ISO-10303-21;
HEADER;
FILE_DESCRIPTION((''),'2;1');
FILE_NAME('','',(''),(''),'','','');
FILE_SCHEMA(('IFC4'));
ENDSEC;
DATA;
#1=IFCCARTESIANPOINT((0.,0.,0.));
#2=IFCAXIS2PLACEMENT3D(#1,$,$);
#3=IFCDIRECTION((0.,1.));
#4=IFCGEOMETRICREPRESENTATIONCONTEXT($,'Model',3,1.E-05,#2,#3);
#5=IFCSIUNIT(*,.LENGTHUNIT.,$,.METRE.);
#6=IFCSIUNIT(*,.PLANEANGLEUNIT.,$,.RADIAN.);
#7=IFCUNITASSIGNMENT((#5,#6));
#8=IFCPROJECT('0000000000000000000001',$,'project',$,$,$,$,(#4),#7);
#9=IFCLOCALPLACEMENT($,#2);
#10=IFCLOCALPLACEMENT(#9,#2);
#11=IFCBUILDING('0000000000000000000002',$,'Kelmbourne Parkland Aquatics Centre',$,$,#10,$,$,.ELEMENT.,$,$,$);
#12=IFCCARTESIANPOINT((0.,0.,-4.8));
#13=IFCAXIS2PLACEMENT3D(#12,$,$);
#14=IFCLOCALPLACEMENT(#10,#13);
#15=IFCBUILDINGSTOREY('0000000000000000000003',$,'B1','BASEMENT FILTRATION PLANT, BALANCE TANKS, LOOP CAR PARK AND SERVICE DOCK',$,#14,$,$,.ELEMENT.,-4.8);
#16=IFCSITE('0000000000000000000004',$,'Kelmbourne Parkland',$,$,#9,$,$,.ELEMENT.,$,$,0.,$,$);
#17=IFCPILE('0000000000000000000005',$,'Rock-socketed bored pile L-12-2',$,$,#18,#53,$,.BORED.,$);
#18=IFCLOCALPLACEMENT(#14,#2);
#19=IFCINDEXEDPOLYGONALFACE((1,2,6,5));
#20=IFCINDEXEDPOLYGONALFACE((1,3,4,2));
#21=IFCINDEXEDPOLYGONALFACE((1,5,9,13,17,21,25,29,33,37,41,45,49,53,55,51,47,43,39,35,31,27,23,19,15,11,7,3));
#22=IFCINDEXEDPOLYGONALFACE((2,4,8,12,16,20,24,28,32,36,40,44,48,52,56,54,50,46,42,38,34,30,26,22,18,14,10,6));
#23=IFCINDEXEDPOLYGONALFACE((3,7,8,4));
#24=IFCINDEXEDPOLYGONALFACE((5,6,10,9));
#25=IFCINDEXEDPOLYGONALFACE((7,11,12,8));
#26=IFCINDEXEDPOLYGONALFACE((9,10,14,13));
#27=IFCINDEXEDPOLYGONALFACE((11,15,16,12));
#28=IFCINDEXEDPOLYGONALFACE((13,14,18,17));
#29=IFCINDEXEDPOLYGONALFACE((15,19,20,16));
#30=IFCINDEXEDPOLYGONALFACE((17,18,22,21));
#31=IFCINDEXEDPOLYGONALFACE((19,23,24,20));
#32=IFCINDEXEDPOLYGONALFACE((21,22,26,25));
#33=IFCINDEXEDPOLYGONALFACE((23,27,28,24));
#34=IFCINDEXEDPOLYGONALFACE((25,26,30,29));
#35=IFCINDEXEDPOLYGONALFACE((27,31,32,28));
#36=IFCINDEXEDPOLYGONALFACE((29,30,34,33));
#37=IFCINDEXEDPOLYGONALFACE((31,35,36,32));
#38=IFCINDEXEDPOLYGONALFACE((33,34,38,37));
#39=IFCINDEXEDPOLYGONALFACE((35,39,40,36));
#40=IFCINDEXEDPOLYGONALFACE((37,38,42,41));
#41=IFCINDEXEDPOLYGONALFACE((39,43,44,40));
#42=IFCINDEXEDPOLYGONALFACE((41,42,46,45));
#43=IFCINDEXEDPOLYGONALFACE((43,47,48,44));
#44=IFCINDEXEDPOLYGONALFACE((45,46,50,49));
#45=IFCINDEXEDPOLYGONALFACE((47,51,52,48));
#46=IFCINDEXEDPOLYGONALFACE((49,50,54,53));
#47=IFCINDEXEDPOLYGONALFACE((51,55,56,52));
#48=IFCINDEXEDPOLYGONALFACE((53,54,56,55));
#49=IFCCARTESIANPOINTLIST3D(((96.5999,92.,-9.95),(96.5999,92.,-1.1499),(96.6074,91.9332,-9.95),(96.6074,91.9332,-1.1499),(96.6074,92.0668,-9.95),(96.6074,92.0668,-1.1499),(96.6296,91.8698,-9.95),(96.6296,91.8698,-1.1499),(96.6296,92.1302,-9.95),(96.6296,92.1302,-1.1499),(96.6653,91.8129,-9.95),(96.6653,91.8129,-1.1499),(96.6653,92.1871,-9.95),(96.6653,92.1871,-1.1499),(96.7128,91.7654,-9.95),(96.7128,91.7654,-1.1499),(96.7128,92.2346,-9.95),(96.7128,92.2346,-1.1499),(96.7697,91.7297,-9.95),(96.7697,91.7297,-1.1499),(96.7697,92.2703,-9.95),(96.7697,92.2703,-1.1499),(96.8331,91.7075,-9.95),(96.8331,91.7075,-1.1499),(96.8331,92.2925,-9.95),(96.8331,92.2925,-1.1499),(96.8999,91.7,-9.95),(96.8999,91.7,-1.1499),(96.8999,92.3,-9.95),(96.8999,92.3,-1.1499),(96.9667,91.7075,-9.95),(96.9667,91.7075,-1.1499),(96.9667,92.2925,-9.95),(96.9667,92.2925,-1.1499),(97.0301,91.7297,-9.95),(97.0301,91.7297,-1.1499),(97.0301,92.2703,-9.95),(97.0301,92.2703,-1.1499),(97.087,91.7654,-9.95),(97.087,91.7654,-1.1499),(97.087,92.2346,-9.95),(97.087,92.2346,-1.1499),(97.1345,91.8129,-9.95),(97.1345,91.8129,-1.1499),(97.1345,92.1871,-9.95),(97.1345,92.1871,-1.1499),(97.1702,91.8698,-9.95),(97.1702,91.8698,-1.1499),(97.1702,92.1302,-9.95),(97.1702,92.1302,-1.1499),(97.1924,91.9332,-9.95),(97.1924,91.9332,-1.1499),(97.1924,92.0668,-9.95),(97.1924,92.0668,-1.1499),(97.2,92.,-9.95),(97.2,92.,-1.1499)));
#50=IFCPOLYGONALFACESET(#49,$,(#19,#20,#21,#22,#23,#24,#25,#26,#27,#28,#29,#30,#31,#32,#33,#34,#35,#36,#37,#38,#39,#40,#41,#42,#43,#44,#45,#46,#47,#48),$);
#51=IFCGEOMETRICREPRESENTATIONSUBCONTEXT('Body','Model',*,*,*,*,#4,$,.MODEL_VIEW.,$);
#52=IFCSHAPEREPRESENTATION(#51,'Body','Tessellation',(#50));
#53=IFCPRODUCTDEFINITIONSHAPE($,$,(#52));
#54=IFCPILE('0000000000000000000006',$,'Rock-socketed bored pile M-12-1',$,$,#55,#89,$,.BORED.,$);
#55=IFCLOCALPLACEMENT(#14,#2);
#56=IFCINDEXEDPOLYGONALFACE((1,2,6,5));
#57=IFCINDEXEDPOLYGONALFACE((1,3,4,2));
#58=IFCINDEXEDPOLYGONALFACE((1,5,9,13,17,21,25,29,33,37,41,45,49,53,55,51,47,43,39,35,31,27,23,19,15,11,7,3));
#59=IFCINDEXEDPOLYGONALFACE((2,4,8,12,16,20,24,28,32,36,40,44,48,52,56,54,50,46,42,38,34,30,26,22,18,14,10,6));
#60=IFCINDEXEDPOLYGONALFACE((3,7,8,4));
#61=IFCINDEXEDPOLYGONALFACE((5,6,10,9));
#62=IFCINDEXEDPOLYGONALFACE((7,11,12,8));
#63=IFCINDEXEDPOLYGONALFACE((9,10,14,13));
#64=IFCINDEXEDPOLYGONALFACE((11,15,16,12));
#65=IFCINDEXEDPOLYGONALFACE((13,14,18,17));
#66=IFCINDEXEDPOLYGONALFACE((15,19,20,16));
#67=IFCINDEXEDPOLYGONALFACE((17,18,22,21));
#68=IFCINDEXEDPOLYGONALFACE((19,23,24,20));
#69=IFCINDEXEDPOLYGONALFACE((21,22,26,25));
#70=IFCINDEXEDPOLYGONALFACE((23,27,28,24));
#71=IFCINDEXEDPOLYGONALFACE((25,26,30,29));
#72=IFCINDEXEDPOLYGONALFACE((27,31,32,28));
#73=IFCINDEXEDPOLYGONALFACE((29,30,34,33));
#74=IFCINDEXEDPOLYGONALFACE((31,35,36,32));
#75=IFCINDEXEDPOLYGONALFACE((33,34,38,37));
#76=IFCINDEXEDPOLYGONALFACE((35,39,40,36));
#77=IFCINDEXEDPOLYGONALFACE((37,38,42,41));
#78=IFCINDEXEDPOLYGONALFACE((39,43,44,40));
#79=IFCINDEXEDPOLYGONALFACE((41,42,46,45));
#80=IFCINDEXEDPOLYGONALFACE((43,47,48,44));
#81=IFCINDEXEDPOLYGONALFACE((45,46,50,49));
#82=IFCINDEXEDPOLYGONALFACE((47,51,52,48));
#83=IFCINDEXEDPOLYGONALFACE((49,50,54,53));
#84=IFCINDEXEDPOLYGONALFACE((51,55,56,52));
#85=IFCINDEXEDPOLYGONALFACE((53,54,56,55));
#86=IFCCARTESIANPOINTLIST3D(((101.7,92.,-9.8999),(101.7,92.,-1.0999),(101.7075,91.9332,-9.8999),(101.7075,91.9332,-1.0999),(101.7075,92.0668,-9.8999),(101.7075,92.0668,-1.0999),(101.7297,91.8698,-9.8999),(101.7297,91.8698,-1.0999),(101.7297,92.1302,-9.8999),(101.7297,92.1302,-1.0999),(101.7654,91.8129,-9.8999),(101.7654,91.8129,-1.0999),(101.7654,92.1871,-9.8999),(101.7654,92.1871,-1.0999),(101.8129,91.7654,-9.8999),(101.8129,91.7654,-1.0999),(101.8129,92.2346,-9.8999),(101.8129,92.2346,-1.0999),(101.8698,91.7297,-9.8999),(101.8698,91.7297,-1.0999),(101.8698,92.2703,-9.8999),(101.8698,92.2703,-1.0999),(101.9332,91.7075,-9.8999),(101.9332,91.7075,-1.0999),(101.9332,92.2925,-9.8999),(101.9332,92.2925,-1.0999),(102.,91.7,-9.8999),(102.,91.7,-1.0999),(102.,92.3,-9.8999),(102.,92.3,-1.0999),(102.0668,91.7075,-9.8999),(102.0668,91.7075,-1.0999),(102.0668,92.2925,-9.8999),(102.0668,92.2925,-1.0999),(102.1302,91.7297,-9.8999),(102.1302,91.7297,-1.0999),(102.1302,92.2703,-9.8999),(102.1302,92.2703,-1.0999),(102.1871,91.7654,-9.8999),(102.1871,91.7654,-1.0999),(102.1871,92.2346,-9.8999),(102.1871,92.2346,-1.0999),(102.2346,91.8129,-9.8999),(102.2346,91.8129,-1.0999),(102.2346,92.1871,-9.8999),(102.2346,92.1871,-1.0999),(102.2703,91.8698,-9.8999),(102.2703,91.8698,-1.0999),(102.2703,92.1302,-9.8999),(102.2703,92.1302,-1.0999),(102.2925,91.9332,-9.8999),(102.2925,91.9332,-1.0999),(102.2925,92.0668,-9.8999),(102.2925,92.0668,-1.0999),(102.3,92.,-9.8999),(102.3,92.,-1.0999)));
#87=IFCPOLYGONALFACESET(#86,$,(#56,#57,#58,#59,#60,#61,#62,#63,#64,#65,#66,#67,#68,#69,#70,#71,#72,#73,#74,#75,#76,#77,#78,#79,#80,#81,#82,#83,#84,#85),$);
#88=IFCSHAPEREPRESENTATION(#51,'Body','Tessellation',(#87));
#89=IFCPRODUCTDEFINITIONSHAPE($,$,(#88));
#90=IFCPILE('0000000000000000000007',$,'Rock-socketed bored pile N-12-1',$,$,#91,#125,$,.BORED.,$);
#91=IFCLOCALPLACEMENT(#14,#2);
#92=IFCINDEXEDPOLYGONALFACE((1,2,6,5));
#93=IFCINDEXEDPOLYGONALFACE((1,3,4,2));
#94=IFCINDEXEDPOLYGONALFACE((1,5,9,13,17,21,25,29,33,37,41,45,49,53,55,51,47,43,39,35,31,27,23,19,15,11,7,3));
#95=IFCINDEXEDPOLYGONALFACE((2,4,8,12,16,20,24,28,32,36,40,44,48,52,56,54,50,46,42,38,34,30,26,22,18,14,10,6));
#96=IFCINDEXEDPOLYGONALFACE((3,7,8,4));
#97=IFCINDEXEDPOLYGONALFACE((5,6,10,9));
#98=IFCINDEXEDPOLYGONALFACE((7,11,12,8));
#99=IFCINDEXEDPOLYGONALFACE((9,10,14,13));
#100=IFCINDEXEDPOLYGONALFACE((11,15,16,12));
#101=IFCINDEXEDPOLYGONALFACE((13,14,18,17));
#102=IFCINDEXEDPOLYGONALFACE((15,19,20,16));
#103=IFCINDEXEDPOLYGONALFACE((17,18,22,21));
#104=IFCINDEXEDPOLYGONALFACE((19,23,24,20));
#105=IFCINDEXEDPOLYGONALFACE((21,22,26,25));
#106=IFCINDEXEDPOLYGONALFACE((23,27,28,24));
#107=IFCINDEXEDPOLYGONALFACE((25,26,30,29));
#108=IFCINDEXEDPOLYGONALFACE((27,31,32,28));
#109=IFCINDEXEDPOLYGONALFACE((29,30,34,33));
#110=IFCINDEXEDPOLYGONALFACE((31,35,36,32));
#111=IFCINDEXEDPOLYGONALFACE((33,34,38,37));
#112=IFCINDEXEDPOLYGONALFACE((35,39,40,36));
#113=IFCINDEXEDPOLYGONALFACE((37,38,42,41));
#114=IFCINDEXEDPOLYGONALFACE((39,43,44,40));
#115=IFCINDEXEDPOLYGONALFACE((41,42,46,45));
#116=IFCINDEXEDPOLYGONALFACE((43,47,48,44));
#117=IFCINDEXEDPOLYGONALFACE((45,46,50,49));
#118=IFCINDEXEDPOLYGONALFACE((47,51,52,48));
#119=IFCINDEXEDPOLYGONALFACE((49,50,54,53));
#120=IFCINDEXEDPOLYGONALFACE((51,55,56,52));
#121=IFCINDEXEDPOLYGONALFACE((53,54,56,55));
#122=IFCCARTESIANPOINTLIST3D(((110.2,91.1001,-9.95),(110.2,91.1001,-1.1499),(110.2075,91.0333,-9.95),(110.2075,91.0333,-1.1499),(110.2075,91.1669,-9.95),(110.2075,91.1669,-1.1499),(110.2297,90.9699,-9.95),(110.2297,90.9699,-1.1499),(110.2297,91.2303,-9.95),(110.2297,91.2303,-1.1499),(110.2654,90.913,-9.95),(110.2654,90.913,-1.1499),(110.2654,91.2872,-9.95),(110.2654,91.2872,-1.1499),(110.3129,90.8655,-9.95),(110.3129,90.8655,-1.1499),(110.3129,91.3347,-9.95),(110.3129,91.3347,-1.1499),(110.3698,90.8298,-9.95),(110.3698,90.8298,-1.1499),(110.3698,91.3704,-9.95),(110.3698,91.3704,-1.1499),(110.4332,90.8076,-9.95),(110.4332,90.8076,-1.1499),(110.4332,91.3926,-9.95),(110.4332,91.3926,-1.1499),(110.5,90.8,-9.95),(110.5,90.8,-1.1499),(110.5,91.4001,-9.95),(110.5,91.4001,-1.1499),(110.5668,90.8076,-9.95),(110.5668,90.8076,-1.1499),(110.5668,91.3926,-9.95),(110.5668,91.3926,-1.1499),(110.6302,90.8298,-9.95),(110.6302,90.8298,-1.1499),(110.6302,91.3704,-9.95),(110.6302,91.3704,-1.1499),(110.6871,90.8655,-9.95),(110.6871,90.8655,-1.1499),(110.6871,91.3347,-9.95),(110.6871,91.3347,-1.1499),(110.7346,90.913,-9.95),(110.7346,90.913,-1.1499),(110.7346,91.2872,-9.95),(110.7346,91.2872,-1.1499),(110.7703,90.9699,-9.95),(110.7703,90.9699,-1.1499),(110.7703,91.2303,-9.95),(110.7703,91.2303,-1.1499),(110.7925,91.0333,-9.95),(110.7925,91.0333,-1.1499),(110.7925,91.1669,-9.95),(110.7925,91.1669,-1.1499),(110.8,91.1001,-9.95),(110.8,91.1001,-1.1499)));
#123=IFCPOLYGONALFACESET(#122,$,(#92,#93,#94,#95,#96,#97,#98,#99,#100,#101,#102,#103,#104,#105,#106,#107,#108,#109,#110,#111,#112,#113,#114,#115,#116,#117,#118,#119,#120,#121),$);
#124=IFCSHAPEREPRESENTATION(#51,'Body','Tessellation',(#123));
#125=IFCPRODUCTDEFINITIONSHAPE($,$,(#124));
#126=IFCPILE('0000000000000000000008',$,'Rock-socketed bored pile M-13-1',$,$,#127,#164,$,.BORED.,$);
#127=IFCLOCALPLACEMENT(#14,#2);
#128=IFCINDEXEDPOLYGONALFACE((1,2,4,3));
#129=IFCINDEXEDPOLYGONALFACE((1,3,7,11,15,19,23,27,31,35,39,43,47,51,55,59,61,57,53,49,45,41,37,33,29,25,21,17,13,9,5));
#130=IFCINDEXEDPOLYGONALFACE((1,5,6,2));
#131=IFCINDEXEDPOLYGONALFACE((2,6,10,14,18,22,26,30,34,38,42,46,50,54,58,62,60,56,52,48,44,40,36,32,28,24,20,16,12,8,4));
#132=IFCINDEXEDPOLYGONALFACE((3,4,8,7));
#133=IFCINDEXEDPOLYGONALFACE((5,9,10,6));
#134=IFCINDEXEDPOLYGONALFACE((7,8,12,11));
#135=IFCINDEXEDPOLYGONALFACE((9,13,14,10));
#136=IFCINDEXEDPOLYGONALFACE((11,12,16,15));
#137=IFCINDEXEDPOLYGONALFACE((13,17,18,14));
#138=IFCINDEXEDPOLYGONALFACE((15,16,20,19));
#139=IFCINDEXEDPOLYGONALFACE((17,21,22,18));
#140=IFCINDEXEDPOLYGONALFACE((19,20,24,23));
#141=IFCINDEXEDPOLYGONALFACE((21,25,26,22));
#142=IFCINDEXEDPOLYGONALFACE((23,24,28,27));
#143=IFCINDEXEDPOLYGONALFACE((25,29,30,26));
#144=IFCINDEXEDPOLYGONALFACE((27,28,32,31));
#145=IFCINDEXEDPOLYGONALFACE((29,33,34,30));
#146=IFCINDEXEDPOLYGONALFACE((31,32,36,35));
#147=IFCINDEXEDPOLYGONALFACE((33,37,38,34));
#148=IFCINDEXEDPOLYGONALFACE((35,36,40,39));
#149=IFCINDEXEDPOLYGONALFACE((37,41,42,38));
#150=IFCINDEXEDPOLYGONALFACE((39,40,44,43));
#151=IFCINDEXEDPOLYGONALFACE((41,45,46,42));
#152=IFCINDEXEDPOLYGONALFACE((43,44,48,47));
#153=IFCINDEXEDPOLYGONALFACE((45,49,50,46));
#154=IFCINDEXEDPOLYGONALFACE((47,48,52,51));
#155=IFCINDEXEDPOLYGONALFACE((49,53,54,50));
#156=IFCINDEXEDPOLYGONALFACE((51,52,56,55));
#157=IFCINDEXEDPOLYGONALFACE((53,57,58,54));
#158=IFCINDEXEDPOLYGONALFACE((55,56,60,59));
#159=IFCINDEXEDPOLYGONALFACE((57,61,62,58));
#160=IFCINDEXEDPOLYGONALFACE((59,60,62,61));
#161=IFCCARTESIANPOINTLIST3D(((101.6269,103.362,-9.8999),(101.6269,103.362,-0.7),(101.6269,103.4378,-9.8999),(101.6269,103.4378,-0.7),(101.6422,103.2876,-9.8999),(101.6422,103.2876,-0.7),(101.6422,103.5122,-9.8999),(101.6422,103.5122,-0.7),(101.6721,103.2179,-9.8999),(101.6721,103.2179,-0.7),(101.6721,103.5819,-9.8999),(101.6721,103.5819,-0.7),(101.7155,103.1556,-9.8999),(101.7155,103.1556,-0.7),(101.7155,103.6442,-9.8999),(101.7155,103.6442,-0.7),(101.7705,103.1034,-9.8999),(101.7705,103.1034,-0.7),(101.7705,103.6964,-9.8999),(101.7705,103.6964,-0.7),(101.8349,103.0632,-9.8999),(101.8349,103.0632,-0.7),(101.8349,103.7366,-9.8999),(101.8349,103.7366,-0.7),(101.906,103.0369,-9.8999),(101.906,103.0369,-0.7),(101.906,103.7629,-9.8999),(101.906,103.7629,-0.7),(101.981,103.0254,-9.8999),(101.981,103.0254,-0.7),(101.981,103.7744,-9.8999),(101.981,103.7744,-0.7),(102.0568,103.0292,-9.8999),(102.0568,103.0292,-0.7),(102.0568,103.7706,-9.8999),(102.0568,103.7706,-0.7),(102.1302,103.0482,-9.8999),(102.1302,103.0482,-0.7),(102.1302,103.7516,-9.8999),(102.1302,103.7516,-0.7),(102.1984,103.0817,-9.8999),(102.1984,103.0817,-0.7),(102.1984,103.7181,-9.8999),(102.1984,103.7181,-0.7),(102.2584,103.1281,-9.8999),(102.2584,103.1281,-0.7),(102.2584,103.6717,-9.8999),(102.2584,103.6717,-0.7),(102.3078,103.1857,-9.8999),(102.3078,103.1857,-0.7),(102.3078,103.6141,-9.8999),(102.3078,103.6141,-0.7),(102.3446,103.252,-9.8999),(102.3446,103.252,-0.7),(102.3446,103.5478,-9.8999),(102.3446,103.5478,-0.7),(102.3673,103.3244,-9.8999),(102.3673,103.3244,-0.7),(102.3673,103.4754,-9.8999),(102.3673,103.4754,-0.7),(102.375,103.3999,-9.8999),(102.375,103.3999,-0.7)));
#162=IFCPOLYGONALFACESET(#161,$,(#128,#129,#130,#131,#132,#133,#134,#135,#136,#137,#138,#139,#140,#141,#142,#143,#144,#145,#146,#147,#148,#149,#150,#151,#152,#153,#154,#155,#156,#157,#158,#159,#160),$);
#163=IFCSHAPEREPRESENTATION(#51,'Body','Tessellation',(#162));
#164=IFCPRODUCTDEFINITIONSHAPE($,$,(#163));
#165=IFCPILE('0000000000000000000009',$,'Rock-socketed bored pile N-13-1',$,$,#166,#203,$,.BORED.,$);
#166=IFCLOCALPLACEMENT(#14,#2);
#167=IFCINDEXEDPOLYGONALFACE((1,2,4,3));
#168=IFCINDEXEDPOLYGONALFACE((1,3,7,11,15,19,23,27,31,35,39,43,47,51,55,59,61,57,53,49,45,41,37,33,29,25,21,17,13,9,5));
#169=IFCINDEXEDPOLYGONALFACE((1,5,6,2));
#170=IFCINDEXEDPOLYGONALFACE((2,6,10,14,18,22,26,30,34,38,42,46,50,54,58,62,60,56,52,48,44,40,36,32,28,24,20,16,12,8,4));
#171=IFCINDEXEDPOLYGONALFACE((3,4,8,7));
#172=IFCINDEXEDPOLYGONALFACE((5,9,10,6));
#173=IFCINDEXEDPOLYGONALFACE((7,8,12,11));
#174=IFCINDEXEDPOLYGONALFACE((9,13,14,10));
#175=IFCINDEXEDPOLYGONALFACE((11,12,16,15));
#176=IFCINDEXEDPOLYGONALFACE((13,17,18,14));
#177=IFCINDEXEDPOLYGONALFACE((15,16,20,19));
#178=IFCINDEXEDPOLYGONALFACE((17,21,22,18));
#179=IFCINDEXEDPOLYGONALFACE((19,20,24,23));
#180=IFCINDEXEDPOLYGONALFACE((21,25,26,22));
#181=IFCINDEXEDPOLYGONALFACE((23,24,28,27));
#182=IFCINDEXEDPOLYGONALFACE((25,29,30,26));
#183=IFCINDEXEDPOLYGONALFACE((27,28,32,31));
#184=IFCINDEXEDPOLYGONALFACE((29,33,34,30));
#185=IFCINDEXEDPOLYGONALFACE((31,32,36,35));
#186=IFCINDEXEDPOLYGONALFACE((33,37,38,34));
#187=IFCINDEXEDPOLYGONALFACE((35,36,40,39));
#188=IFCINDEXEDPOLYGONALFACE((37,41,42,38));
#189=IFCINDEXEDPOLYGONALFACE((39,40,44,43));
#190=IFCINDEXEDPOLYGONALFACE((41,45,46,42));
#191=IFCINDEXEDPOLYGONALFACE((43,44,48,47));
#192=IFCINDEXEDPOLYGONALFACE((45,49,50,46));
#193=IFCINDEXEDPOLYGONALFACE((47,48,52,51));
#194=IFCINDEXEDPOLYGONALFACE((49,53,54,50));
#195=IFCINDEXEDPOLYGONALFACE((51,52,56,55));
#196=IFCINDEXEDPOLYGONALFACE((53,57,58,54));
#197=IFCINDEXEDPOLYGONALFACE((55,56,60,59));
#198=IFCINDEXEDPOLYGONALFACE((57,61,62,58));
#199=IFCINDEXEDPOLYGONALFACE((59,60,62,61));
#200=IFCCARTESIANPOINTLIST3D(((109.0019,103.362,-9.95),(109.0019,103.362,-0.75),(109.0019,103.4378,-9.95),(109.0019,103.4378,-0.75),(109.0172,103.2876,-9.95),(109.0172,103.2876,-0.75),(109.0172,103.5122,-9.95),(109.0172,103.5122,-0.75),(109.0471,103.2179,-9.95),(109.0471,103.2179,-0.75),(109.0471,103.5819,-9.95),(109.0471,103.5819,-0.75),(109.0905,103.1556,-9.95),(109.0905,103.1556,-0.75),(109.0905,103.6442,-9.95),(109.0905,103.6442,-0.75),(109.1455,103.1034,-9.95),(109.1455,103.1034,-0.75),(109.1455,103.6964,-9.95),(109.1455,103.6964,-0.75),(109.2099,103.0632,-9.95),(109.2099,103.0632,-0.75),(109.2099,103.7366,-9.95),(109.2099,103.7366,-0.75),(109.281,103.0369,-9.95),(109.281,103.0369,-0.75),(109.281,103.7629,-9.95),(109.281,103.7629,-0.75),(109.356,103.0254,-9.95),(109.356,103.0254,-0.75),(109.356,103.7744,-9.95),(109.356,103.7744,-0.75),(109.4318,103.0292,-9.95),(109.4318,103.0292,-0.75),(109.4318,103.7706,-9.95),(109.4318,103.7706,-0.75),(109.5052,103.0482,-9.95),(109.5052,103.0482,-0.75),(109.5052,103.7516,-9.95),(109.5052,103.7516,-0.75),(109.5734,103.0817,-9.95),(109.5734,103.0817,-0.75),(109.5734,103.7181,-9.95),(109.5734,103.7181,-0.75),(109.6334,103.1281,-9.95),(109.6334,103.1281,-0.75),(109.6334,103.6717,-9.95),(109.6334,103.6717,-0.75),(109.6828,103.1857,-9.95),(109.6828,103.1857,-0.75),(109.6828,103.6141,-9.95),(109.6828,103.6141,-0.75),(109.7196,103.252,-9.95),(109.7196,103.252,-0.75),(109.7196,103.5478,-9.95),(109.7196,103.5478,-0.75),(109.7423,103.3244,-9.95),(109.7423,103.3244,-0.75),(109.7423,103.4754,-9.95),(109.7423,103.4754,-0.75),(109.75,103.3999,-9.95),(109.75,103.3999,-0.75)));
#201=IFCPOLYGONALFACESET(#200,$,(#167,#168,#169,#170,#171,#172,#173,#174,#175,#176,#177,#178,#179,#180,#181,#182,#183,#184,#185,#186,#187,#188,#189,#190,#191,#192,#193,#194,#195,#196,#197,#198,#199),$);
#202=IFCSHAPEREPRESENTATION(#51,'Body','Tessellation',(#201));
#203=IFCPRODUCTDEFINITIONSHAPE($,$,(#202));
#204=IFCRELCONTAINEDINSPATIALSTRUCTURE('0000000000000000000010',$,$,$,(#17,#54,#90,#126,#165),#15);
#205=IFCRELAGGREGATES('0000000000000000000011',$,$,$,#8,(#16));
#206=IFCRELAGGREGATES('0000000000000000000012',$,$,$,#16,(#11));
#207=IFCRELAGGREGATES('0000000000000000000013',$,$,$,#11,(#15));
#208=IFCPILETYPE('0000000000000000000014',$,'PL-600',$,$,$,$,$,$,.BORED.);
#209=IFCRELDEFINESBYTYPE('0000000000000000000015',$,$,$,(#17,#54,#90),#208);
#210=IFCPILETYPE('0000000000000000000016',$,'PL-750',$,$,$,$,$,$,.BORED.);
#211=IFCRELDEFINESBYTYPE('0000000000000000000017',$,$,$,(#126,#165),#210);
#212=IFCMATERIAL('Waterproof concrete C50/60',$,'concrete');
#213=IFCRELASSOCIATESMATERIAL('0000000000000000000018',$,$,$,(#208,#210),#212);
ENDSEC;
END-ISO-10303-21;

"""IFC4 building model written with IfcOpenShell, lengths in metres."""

from ifc_helpers import new_model, si_unit, direction, frame, origin, origin_2d, place, context, subcontext, project, spatial, circle, extrude, material, material_profile, profile_set, type_object, element, save


model = new_model("IFC4")

# Units and contexts
model_context = context("Model", 3, precision=1e-05, world=origin(), true_north=direction((0.0, 1.0)))
body_context = subcontext(model_context, "Body", "Model", "MODEL_VIEW")
ifc_project = project(units=[si_unit("LENGTHUNIT", "METRE"), si_unit("PLANEANGLEUNIT", "RADIAN")], contexts=[model_context])

# Site, building, storey
site_placement = place(None, origin())
site = spatial("IfcSite", under=ifc_project, at=site_placement, Name="Kelmbourne Parkland", CompositionType="ELEMENT", RefElevation=0.0)
building_placement = place(site_placement, origin())
building = spatial("IfcBuilding", under=site, at=building_placement, Name="Kelmbourne Parkland Aquatics Centre", CompositionType="ELEMENT")
storey_placement = place(building_placement, frame((0.0, 0.0, -4.8)))
storey = spatial("IfcBuildingStorey", under=building, at=storey_placement, Name="B1", Description="BASEMENT FILTRATION PLANT, BALANCE TANKS, LOOP CAR PARK AND SERVICE DOCK", CompositionType="ELEMENT", Elevation=-4.8)

# Shared definitions
ifc_material_1 = material(Name="Waterproof concrete C50/60", Category="concrete")

# Piles
ifc_material_profile_1 = material_profile(ifc_material_1, circle(Radius=0.3, at=origin_2d()), Name="PILE D600")
ifc_profile_set_1 = profile_set([ifc_material_profile_1], Name="Waterproof concrete C50/60")
pile_type_1 = type_object("IfcPileType", Name="PL-600", PredefinedType="BORED", material=ifc_profile_set_1)
for number, where, z_axis, x_axis, name in (
    (1, (96.8999, 92.0, -1.1499), (0.0, 0.0, -1.0), (1.0, 0.0, 0.0), "Rock-socketed bored pile L-12-2"),
    (2, (102.0, 92.0, -1.0999), (0.0, 0.0, -1.0), (1.0, 0.0, 0.0), "Rock-socketed bored pile M-12-1"),
    (3, (110.5, 91.1001, -1.1499), (0.0, 0.0, -1.0), (1.0, 0.0, 0.0), "Rock-socketed bored pile N-12-1"),
):
    element("IfcPile", number, at=place(storey_placement, frame(where, z_axis=z_axis, x_axis=x_axis)), inside=storey, type_object=pile_type_1, Name=name, PredefinedType="BORED", context=body_context, shape_type="SweptSolid", body=[
        extrude(circle(Radius=0.3, at=origin_2d()), origin(), (0.0, 0.0, 1.0), 8.8),
    ])
ifc_material_profile_2 = material_profile(ifc_material_1, circle(Radius=0.375, at=origin_2d()), Name="PILE D750")
ifc_profile_set_2 = profile_set([ifc_material_profile_2], Name="Waterproof concrete C50/60")
pile_type_2 = type_object("IfcPileType", Name="PL-750", PredefinedType="BORED", material=ifc_profile_set_2)
for number, where, z_axis, x_axis, name in (
    (4, (102.0, 103.3999, -0.7), (0.0, 0.0, -1.0), (1.0, 0.0, 0.0), "Rock-socketed bored pile M-13-1"),
    (5, (109.375, 103.3999, -0.75), (0.0, 0.0, -1.0), (1.0, 0.0, 0.0), "Rock-socketed bored pile N-13-1"),
):
    element("IfcPile", number, at=place(storey_placement, frame(where, z_axis=z_axis, x_axis=x_axis)), inside=storey, type_object=pile_type_2, Name=name, PredefinedType="BORED", context=body_context, shape_type="SweptSolid", body=[
        extrude(circle(Radius=0.375, at=origin_2d()), origin(), (0.0, 0.0, 1.0), 9.2),
    ])

save(model, "model.ifc")
